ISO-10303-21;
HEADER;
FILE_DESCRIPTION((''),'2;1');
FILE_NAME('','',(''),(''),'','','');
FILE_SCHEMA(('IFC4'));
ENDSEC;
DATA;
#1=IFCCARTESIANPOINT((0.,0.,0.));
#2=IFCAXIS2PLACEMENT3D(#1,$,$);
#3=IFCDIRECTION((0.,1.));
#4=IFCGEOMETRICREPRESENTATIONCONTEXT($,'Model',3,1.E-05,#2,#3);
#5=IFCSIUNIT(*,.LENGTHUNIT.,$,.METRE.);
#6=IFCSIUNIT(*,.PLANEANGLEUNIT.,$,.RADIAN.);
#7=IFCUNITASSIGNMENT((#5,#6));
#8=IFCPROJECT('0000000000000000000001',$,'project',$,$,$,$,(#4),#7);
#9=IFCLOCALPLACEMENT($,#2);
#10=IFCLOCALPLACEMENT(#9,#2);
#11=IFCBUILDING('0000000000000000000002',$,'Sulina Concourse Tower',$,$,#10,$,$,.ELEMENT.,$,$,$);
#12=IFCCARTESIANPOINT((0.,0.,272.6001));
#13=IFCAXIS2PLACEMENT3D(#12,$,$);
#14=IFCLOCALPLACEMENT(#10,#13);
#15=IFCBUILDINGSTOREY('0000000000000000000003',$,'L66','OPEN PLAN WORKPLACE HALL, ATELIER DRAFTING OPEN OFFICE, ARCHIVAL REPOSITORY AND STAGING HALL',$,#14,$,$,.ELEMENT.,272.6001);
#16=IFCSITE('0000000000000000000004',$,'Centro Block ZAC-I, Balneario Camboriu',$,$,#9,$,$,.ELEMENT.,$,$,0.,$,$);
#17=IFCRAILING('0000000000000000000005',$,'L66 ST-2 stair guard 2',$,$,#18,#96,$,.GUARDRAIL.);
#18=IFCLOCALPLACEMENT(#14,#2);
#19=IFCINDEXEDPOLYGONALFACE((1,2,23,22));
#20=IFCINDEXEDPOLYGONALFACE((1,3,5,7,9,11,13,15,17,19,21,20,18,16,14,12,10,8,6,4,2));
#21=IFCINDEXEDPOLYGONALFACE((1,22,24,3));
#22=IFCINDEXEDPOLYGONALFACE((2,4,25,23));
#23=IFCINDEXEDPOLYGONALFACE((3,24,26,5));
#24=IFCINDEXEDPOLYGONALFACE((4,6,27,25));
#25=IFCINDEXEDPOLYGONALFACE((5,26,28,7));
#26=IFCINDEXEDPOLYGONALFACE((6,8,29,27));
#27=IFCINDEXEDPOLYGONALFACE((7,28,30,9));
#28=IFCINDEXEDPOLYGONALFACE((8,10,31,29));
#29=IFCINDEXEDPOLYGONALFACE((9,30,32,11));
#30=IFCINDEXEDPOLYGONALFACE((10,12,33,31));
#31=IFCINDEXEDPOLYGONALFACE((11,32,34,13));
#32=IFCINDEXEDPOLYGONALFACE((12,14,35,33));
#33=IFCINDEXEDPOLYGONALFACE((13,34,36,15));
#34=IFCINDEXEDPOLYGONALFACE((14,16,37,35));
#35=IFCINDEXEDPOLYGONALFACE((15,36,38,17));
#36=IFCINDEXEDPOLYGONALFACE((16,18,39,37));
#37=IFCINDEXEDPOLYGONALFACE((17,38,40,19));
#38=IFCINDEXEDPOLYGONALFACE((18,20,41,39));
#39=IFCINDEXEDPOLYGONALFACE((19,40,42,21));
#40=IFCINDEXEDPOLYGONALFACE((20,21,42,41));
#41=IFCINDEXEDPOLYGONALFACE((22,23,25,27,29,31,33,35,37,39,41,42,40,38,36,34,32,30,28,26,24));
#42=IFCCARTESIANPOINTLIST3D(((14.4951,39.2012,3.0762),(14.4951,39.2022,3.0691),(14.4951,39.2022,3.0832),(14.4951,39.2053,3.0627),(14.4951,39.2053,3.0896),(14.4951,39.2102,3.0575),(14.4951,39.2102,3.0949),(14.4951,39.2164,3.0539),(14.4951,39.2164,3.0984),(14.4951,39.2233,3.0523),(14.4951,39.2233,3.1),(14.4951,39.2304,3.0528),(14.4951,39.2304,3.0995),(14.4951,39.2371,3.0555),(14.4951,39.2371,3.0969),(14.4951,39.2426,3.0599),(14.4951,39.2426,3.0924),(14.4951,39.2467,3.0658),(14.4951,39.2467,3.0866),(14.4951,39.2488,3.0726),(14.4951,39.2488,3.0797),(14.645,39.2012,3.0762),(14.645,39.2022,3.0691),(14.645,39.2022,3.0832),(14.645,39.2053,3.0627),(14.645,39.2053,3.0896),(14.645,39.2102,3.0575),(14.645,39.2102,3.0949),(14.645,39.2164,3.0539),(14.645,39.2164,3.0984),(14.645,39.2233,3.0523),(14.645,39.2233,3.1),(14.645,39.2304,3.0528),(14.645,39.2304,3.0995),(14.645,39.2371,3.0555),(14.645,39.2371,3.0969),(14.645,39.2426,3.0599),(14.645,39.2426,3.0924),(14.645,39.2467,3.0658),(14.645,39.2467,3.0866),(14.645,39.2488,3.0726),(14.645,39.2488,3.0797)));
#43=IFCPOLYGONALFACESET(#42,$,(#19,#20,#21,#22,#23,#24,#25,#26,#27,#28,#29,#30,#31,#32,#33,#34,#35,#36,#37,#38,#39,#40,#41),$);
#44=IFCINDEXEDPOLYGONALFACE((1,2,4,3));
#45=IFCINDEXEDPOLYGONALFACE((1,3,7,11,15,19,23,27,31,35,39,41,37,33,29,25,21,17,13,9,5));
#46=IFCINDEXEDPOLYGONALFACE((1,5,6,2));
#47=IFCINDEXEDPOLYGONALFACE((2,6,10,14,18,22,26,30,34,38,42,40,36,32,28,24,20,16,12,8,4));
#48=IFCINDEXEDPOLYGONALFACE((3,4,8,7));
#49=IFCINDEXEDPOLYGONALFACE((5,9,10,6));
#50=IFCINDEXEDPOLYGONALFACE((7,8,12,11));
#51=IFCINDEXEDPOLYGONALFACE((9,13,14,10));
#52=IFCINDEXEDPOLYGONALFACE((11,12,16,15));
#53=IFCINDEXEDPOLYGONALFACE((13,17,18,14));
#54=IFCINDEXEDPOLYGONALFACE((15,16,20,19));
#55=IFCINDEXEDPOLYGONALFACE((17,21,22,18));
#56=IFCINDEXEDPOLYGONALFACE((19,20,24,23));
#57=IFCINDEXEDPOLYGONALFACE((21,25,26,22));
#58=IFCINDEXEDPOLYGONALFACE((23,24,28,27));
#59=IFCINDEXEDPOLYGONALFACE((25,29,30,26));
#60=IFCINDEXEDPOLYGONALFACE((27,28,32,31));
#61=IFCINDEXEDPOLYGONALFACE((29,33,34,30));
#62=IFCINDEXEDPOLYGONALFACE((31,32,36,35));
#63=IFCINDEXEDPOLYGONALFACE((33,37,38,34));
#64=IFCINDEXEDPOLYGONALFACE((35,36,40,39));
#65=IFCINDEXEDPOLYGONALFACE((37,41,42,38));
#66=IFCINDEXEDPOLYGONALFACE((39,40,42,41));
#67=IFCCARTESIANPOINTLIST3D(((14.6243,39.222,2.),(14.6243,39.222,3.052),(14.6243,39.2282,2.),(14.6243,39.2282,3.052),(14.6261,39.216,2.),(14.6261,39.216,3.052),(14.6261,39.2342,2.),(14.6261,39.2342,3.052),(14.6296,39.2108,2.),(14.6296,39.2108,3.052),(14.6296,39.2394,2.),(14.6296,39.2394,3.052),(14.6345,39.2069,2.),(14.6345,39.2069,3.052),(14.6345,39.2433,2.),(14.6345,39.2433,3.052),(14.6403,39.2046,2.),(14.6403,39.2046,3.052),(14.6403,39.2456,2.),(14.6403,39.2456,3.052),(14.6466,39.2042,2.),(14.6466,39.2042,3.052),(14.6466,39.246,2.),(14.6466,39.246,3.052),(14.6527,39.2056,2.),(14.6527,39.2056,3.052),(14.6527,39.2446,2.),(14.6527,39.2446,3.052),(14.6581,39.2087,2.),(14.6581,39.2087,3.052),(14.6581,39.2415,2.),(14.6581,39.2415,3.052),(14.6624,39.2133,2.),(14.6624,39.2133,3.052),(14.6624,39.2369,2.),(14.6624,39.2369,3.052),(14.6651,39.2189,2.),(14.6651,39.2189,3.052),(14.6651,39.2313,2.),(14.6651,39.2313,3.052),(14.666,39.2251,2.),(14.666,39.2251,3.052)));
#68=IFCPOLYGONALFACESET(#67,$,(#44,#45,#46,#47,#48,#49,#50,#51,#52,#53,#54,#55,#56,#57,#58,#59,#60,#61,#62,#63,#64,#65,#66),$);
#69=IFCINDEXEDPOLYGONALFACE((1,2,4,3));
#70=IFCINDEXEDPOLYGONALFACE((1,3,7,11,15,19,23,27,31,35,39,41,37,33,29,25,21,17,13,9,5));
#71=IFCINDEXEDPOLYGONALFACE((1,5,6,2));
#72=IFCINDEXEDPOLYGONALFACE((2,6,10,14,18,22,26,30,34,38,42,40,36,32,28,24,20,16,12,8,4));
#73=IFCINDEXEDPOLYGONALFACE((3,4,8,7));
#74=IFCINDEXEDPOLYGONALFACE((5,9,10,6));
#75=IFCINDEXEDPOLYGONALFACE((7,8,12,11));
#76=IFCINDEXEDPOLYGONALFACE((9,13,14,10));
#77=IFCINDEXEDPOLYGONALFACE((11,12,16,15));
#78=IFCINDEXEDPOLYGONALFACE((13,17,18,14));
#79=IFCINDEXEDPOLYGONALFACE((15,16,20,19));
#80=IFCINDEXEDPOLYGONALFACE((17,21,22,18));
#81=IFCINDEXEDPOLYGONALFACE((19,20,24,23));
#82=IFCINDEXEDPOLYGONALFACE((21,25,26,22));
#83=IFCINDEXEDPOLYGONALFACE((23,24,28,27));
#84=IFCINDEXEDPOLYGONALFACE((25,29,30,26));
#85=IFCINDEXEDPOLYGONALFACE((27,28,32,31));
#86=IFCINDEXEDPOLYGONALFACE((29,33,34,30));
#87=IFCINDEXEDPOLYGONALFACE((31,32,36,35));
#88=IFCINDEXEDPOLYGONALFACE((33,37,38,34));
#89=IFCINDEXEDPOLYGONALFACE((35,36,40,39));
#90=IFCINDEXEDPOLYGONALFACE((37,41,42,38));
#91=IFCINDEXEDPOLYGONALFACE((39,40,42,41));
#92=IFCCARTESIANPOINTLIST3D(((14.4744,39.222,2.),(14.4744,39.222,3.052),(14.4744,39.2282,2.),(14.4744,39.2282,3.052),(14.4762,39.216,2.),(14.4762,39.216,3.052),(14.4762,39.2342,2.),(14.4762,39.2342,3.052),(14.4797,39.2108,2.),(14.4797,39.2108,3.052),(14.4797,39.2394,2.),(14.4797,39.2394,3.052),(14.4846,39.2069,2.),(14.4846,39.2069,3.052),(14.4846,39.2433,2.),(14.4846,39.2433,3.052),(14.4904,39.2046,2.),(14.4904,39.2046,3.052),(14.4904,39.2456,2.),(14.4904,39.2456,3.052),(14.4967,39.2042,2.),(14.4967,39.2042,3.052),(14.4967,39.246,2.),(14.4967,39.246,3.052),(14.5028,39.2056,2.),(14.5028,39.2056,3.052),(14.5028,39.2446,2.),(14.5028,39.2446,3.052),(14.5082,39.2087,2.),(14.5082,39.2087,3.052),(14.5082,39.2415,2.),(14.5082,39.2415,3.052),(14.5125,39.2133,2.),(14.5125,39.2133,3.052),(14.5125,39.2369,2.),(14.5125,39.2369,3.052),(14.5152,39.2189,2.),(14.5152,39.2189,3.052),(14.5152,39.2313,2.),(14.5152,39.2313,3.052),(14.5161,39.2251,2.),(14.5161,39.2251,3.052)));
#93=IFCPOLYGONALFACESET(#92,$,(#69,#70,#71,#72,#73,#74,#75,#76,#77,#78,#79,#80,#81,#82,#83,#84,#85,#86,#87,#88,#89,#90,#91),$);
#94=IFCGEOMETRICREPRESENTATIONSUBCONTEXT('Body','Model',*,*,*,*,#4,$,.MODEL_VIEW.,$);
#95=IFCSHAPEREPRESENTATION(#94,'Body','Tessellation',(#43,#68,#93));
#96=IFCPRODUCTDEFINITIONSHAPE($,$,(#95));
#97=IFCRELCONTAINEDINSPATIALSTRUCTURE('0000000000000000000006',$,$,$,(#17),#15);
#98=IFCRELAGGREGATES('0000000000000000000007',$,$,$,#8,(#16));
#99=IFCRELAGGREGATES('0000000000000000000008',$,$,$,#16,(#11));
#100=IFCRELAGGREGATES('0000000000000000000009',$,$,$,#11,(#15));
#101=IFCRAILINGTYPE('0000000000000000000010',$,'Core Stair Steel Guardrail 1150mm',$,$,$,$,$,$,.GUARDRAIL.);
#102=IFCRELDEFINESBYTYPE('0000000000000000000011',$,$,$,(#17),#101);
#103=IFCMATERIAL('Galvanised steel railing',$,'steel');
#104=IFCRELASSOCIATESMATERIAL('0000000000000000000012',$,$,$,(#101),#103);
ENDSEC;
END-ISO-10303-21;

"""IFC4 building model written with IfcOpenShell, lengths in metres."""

from ifc_helpers import new_model, si_unit, direction, frame, origin, origin_2d, place, context, subcontext, project, spatial, circle, extrude, material, type_object, element, save


model = new_model("IFC4")

# Units and contexts
model_context = context("Model", 3, precision=1e-05, world=origin(), true_north=direction((0.0, 1.0)))
body_context = subcontext(model_context, "Body", "Model", "MODEL_VIEW")
ifc_project = project(units=[si_unit("LENGTHUNIT", "METRE"), si_unit("PLANEANGLEUNIT", "RADIAN")], contexts=[model_context])

# Site, building, storey
site_placement = place(None, origin())
site = spatial("IfcSite", under=ifc_project, at=site_placement, Name="Centro Block ZAC-I, Balneario Camboriu", CompositionType="ELEMENT", RefElevation=0.0)
building_placement = place(site_placement, origin())
building = spatial("IfcBuilding", under=site, at=building_placement, Name="Sulina Concourse Tower", CompositionType="ELEMENT")
storey_placement = place(building_placement, frame((0.0, 0.0, 272.6001)))
storey = spatial("IfcBuildingStorey", under=building, at=storey_placement, Name="L66", Description="OPEN PLAN WORKPLACE HALL, ATELIER DRAFTING OPEN OFFICE, ARCHIVAL REPOSITORY AND STAGING HALL", CompositionType="ELEMENT", Elevation=272.6001)

# Railing
ifc_material_1 = material(Name="Galvanised steel railing", Category="steel")
railing_type_1 = type_object("IfcRailingType", Name="Core Stair Steel Guardrail 1150mm", PredefinedType="GUARDRAIL", material=ifc_material_1)
railing_1_placement = place(storey_placement, frame((14.645, 39.2251, 2.0)))
element("IfcRailing", 1, at=railing_1_placement, inside=storey, type_object=railing_type_1, Name="L66 ST-2 stair guard 2", PredefinedType="GUARDRAIL", context=body_context, shape_type="SweptSolid", body=[
    extrude(circle(Radius=0.0239, at=origin_2d()), frame((0.0, 0.0, 1.0762), z_axis=(-1.0, 0.0, 0.0), x_axis=(0.0, -1.0, 0.0)), (0.0, 0.0, 1.0), 0.1499),
    extrude(circle(Radius=0.021, at=origin_2d()), origin(), (0.0, 0.0, 1.0), 1.052),
    extrude(circle(Radius=0.021, at=origin_2d()), frame((-0.1499, 0.0, 0.0)), (0.0, 0.0, 1.0), 1.052),
])

save(model, "model.ifc")
